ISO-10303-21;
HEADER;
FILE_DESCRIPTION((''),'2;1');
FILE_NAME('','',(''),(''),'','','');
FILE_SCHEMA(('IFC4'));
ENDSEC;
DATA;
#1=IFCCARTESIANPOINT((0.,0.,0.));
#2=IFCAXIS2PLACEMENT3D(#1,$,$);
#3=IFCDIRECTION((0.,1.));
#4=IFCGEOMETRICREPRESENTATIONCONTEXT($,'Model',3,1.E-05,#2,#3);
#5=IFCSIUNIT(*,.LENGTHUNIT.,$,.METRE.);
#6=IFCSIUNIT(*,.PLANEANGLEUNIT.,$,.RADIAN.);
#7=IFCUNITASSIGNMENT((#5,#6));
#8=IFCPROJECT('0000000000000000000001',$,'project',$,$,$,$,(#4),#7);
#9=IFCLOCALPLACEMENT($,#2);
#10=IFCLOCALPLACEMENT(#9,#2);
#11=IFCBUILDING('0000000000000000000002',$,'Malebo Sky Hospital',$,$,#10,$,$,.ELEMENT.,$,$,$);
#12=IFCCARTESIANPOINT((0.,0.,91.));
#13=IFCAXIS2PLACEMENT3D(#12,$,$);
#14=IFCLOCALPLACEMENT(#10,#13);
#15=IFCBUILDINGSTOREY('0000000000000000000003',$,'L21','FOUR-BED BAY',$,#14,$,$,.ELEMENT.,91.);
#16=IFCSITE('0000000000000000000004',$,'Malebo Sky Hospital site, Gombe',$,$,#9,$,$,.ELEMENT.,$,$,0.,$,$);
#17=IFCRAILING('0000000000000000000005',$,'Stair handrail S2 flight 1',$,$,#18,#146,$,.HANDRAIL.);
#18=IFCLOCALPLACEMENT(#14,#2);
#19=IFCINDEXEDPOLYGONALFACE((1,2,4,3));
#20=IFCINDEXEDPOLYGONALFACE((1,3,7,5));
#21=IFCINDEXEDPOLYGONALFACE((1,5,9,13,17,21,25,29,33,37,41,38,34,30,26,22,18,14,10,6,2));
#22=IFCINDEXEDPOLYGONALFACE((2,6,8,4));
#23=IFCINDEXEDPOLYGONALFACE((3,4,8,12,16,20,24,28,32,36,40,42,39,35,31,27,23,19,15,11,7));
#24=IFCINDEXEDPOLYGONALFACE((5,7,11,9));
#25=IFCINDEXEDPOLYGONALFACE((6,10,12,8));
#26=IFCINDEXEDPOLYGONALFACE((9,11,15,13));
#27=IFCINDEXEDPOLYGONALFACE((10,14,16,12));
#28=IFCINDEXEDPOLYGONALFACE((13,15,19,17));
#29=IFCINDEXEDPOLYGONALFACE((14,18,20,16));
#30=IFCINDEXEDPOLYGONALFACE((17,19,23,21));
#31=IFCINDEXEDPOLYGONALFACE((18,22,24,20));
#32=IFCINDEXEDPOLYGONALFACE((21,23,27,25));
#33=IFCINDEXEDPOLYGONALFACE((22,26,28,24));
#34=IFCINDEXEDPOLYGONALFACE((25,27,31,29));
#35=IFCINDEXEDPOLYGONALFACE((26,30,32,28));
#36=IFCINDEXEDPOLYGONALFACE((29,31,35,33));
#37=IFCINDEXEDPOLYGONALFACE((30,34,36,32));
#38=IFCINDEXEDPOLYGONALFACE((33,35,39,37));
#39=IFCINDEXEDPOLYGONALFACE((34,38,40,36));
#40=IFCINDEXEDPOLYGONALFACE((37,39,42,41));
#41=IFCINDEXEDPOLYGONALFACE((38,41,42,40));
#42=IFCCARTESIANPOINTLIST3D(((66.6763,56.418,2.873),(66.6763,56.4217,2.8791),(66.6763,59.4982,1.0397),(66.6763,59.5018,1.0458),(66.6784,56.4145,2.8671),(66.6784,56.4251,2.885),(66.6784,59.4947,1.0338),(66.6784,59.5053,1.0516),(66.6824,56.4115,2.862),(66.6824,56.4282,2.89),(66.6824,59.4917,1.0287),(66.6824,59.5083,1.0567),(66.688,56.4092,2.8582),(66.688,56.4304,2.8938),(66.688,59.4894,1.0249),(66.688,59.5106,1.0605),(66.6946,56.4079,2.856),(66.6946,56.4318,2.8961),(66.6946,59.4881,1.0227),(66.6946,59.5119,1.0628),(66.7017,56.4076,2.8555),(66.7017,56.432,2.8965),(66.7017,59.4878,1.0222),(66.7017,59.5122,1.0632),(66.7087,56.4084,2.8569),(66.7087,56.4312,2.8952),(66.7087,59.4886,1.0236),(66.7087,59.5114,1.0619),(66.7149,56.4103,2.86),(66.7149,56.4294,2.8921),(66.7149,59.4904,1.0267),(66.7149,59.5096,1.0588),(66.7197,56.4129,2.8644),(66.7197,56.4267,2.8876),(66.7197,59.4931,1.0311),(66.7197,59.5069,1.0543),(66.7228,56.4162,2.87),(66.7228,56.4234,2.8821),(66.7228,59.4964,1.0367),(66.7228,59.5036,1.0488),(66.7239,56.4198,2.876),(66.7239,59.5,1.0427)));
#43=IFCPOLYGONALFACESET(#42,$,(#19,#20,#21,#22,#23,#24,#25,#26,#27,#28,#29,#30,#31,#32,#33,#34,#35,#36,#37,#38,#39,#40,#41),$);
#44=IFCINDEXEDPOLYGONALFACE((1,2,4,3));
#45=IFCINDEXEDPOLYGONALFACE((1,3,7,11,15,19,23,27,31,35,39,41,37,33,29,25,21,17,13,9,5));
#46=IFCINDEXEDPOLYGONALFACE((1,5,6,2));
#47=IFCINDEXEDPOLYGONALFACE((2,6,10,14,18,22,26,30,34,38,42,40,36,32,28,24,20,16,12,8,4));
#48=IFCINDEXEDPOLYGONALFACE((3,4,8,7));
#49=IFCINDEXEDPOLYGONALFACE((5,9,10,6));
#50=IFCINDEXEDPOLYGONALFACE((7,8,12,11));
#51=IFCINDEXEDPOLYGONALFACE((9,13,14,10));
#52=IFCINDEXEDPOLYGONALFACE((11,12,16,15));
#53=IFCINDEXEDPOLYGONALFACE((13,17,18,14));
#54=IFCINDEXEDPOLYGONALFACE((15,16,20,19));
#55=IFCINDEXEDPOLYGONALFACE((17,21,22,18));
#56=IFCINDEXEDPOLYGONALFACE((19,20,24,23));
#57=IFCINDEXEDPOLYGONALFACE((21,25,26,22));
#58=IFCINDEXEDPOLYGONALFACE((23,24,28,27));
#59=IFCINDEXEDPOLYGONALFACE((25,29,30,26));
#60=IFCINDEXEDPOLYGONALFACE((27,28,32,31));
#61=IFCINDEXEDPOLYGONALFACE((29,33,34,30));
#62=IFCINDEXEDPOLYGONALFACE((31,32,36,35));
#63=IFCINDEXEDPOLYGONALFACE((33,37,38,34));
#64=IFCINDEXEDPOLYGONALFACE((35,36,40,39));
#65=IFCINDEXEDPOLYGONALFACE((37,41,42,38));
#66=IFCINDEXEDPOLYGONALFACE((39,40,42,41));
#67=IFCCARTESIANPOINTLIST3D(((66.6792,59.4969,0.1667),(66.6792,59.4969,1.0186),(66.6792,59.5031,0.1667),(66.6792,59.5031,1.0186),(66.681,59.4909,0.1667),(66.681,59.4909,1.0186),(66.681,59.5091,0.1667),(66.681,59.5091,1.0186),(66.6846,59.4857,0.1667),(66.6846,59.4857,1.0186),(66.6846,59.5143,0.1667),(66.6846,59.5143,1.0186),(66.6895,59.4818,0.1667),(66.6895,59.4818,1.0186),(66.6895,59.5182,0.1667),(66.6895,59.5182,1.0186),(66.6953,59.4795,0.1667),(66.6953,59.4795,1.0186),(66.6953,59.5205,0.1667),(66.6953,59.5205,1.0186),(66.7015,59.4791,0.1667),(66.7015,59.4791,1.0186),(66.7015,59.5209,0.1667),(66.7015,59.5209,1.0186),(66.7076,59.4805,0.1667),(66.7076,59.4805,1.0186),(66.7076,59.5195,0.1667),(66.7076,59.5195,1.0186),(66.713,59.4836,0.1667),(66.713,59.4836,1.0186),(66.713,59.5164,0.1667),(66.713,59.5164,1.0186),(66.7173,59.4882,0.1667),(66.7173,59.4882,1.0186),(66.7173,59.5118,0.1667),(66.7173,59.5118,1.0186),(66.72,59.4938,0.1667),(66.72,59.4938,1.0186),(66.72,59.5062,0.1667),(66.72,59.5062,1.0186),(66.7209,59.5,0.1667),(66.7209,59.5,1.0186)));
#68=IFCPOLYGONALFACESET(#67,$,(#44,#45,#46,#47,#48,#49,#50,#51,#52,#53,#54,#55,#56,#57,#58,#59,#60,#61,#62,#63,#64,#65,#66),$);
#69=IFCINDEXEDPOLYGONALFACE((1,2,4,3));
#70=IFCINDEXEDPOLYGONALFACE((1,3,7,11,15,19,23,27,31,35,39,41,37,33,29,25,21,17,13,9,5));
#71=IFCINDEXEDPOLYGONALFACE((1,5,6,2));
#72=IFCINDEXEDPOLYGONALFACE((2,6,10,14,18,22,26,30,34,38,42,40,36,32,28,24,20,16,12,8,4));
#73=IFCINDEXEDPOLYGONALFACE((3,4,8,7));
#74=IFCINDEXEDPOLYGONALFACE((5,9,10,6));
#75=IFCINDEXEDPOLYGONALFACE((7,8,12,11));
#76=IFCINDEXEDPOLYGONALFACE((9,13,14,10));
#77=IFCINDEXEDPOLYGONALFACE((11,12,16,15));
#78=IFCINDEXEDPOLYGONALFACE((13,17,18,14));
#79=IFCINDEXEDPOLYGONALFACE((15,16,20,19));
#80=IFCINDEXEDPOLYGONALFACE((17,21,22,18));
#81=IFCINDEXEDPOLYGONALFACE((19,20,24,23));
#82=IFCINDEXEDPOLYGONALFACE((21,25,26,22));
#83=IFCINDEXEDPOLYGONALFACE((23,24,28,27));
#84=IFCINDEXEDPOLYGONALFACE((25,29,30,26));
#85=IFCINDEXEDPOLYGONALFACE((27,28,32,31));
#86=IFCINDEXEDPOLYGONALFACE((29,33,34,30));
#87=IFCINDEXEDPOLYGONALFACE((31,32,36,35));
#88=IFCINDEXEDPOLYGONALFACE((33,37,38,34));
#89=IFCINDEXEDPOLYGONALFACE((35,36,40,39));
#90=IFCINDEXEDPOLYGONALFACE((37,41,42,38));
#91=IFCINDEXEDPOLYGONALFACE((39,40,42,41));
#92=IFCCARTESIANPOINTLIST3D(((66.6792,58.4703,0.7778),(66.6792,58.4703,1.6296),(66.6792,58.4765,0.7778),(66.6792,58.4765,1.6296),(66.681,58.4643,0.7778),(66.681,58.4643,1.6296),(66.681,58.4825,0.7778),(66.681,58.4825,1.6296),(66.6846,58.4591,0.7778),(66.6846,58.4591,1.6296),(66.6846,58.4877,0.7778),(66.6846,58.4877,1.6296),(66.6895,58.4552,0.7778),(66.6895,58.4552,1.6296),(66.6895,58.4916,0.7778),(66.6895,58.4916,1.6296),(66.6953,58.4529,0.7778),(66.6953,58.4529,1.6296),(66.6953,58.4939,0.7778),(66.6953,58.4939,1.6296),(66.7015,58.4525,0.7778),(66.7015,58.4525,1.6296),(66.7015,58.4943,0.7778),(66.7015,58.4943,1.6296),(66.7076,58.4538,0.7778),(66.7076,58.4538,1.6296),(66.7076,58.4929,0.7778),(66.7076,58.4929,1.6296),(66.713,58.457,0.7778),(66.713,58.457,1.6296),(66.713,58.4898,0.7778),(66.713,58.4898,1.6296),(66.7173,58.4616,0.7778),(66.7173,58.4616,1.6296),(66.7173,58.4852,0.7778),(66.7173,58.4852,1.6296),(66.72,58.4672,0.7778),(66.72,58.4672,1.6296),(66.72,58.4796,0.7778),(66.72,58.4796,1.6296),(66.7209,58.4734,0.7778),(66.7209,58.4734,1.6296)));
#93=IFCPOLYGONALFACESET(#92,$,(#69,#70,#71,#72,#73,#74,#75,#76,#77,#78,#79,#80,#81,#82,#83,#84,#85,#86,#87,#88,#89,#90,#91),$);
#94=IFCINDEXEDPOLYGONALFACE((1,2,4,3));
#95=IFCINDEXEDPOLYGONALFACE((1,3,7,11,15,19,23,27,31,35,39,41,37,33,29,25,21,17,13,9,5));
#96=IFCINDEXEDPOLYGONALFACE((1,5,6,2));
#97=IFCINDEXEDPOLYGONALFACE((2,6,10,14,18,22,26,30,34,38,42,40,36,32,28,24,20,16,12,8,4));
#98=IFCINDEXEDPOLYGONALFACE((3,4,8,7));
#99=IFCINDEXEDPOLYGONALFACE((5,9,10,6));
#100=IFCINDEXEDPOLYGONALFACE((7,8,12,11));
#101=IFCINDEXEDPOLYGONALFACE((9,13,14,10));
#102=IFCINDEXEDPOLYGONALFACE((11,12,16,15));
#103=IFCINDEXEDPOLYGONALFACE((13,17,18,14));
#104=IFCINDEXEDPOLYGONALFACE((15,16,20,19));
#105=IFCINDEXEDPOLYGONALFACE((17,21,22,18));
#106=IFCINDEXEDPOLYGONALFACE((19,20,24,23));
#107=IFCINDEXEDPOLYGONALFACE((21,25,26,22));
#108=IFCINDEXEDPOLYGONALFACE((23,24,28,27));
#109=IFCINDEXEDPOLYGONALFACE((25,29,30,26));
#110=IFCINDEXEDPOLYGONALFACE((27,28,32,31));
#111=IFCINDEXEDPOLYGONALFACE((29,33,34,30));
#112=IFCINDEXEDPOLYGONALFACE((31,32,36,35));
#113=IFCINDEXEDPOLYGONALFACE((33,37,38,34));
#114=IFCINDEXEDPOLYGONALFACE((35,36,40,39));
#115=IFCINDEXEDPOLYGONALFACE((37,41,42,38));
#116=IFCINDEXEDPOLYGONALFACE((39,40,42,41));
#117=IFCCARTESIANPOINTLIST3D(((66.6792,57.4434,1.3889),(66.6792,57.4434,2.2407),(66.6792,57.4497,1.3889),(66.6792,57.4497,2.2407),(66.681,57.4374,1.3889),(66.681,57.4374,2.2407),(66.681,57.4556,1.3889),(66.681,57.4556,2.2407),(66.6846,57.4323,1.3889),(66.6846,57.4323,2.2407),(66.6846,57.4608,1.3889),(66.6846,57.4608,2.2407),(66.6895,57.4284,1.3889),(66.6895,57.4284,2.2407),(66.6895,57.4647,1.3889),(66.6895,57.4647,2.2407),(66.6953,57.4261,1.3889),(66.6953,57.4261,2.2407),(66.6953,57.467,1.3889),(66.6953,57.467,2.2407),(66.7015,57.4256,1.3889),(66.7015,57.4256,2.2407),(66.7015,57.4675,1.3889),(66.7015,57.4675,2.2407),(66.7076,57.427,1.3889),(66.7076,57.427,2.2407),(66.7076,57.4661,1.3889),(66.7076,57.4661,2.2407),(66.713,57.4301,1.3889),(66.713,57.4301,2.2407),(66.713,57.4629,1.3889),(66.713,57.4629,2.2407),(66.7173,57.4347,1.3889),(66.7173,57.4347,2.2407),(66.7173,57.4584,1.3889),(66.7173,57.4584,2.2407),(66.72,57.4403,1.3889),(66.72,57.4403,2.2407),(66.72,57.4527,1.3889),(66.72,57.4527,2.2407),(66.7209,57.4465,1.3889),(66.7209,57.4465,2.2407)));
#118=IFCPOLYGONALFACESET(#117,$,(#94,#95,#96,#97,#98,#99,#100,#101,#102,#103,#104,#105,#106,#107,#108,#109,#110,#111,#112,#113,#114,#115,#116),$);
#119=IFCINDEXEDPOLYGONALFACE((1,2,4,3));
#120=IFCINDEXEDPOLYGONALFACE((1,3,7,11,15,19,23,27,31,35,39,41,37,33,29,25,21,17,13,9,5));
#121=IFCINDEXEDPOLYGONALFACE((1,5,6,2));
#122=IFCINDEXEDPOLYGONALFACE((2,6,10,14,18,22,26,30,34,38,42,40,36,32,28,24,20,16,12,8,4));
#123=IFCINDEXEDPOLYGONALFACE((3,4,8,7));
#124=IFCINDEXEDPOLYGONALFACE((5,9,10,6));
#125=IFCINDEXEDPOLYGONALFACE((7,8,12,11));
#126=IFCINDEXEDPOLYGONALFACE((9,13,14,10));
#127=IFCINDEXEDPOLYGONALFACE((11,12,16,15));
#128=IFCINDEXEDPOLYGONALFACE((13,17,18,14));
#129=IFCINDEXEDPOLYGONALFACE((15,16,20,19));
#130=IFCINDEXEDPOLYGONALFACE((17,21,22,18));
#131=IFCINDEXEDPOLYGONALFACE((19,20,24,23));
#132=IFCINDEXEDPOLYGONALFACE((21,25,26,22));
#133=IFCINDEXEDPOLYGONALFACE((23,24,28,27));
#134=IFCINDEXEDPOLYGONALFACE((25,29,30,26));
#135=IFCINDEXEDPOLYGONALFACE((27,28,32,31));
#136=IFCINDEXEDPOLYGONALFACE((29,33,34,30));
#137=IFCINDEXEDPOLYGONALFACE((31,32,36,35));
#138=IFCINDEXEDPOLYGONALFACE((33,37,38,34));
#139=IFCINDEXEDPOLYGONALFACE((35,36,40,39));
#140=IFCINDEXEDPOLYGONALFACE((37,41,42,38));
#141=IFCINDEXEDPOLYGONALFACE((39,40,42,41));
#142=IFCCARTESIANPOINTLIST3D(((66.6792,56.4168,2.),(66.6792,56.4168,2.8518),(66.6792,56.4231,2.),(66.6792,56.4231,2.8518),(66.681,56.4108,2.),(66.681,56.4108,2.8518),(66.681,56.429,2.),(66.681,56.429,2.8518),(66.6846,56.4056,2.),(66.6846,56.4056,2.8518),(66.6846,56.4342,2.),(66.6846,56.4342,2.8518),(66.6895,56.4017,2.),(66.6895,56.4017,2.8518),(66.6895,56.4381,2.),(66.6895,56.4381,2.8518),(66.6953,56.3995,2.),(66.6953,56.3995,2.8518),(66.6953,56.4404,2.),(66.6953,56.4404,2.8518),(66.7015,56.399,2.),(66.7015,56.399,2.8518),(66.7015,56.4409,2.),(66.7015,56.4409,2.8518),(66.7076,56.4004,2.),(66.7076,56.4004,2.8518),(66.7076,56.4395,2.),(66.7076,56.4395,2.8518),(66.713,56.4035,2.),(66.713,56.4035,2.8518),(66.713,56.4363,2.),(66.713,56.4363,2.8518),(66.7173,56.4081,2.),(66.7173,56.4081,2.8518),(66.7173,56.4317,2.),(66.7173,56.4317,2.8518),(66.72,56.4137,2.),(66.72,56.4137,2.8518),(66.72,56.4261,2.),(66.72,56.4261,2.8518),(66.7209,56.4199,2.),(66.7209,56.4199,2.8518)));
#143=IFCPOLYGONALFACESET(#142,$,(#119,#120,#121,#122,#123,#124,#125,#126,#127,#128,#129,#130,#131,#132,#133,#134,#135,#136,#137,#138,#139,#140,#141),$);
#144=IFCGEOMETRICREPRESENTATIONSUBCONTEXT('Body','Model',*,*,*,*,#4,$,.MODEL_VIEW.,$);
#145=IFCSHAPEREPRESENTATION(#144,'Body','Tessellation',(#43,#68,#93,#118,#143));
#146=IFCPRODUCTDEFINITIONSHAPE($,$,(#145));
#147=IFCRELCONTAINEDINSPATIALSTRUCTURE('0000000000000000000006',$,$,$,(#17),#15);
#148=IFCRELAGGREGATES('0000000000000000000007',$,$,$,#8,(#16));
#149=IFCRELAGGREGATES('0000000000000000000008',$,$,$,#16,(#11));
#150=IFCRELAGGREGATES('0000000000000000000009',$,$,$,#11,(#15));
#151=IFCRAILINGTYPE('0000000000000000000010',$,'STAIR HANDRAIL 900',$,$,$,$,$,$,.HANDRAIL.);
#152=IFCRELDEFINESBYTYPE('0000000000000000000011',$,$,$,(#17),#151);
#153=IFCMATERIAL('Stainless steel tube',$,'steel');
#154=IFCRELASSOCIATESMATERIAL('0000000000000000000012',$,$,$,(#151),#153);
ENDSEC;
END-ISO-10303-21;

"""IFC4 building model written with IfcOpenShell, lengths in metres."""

from ifc_helpers import new_model, si_unit, direction, frame, origin, origin_2d, place, context, subcontext, project, spatial, circle, extrude, material, type_object, element, save


model = new_model("IFC4")

# Units and contexts
model_context = context("Model", 3, precision=1e-05, world=origin(), true_north=direction((0.0, 1.0)))
body_context = subcontext(model_context, "Body", "Model", "MODEL_VIEW")
ifc_project = project(units=[si_unit("LENGTHUNIT", "METRE"), si_unit("PLANEANGLEUNIT", "RADIAN")], contexts=[model_context])

# Site, building, storey
site_placement = place(None, origin())
site = spatial("IfcSite", under=ifc_project, at=site_placement, Name="Malebo Sky Hospital site, Gombe", CompositionType="ELEMENT", RefElevation=0.0)
building_placement = place(site_placement, origin())
building = spatial("IfcBuilding", under=site, at=building_placement, Name="Malebo Sky Hospital", CompositionType="ELEMENT")
storey_placement = place(building_placement, frame((0.0, 0.0, 91.0)))
storey = spatial("IfcBuildingStorey", under=building, at=storey_placement, Name="L21", Description="FOUR-BED BAY", CompositionType="ELEMENT", Elevation=91.0)

# Railing
ifc_material_1 = material(Name="Stainless steel tube", Category="steel")
railing_type = type_object("IfcRailingType", Name="STAIR HANDRAIL 900", PredefinedType="HANDRAIL", material=ifc_material_1)
railing_1_placement = place(storey_placement, frame((66.7, 59.5, 0.1667)))
element("IfcRailing", 1, at=railing_1_placement, inside=storey, type_object=railing_type, Name="Stair handrail S2 flight 1", PredefinedType="HANDRAIL", context=body_context, shape_type="SweptSolid", body=[
    extrude(circle(Radius=0.0239, at=origin_2d()), frame((0.0, 0.0, 0.876), z_axis=(0.0, -0.859309, 0.511458), x_axis=(1.0, 0.0, 0.0)), (0.0, 0.0, 1.0), 3.5845),
    extrude(circle(Radius=0.021, at=origin_2d()), origin(), (0.0, 0.0, 1.0), 0.8518),
    extrude(circle(Radius=0.021, at=origin_2d()), frame((0.0, -1.0266, 0.6111)), (0.0, 0.0, 1.0), 0.8518),
    extrude(circle(Radius=0.021, at=origin_2d()), frame((0.0, -2.0535, 1.2222)), (0.0, 0.0, 1.0), 0.8518),
    extrude(circle(Radius=0.021, at=origin_2d()), frame((0.0, -3.0801, 1.8333)), (0.0, 0.0, 1.0), 0.8518),
])

save(model, "model.ifc")
